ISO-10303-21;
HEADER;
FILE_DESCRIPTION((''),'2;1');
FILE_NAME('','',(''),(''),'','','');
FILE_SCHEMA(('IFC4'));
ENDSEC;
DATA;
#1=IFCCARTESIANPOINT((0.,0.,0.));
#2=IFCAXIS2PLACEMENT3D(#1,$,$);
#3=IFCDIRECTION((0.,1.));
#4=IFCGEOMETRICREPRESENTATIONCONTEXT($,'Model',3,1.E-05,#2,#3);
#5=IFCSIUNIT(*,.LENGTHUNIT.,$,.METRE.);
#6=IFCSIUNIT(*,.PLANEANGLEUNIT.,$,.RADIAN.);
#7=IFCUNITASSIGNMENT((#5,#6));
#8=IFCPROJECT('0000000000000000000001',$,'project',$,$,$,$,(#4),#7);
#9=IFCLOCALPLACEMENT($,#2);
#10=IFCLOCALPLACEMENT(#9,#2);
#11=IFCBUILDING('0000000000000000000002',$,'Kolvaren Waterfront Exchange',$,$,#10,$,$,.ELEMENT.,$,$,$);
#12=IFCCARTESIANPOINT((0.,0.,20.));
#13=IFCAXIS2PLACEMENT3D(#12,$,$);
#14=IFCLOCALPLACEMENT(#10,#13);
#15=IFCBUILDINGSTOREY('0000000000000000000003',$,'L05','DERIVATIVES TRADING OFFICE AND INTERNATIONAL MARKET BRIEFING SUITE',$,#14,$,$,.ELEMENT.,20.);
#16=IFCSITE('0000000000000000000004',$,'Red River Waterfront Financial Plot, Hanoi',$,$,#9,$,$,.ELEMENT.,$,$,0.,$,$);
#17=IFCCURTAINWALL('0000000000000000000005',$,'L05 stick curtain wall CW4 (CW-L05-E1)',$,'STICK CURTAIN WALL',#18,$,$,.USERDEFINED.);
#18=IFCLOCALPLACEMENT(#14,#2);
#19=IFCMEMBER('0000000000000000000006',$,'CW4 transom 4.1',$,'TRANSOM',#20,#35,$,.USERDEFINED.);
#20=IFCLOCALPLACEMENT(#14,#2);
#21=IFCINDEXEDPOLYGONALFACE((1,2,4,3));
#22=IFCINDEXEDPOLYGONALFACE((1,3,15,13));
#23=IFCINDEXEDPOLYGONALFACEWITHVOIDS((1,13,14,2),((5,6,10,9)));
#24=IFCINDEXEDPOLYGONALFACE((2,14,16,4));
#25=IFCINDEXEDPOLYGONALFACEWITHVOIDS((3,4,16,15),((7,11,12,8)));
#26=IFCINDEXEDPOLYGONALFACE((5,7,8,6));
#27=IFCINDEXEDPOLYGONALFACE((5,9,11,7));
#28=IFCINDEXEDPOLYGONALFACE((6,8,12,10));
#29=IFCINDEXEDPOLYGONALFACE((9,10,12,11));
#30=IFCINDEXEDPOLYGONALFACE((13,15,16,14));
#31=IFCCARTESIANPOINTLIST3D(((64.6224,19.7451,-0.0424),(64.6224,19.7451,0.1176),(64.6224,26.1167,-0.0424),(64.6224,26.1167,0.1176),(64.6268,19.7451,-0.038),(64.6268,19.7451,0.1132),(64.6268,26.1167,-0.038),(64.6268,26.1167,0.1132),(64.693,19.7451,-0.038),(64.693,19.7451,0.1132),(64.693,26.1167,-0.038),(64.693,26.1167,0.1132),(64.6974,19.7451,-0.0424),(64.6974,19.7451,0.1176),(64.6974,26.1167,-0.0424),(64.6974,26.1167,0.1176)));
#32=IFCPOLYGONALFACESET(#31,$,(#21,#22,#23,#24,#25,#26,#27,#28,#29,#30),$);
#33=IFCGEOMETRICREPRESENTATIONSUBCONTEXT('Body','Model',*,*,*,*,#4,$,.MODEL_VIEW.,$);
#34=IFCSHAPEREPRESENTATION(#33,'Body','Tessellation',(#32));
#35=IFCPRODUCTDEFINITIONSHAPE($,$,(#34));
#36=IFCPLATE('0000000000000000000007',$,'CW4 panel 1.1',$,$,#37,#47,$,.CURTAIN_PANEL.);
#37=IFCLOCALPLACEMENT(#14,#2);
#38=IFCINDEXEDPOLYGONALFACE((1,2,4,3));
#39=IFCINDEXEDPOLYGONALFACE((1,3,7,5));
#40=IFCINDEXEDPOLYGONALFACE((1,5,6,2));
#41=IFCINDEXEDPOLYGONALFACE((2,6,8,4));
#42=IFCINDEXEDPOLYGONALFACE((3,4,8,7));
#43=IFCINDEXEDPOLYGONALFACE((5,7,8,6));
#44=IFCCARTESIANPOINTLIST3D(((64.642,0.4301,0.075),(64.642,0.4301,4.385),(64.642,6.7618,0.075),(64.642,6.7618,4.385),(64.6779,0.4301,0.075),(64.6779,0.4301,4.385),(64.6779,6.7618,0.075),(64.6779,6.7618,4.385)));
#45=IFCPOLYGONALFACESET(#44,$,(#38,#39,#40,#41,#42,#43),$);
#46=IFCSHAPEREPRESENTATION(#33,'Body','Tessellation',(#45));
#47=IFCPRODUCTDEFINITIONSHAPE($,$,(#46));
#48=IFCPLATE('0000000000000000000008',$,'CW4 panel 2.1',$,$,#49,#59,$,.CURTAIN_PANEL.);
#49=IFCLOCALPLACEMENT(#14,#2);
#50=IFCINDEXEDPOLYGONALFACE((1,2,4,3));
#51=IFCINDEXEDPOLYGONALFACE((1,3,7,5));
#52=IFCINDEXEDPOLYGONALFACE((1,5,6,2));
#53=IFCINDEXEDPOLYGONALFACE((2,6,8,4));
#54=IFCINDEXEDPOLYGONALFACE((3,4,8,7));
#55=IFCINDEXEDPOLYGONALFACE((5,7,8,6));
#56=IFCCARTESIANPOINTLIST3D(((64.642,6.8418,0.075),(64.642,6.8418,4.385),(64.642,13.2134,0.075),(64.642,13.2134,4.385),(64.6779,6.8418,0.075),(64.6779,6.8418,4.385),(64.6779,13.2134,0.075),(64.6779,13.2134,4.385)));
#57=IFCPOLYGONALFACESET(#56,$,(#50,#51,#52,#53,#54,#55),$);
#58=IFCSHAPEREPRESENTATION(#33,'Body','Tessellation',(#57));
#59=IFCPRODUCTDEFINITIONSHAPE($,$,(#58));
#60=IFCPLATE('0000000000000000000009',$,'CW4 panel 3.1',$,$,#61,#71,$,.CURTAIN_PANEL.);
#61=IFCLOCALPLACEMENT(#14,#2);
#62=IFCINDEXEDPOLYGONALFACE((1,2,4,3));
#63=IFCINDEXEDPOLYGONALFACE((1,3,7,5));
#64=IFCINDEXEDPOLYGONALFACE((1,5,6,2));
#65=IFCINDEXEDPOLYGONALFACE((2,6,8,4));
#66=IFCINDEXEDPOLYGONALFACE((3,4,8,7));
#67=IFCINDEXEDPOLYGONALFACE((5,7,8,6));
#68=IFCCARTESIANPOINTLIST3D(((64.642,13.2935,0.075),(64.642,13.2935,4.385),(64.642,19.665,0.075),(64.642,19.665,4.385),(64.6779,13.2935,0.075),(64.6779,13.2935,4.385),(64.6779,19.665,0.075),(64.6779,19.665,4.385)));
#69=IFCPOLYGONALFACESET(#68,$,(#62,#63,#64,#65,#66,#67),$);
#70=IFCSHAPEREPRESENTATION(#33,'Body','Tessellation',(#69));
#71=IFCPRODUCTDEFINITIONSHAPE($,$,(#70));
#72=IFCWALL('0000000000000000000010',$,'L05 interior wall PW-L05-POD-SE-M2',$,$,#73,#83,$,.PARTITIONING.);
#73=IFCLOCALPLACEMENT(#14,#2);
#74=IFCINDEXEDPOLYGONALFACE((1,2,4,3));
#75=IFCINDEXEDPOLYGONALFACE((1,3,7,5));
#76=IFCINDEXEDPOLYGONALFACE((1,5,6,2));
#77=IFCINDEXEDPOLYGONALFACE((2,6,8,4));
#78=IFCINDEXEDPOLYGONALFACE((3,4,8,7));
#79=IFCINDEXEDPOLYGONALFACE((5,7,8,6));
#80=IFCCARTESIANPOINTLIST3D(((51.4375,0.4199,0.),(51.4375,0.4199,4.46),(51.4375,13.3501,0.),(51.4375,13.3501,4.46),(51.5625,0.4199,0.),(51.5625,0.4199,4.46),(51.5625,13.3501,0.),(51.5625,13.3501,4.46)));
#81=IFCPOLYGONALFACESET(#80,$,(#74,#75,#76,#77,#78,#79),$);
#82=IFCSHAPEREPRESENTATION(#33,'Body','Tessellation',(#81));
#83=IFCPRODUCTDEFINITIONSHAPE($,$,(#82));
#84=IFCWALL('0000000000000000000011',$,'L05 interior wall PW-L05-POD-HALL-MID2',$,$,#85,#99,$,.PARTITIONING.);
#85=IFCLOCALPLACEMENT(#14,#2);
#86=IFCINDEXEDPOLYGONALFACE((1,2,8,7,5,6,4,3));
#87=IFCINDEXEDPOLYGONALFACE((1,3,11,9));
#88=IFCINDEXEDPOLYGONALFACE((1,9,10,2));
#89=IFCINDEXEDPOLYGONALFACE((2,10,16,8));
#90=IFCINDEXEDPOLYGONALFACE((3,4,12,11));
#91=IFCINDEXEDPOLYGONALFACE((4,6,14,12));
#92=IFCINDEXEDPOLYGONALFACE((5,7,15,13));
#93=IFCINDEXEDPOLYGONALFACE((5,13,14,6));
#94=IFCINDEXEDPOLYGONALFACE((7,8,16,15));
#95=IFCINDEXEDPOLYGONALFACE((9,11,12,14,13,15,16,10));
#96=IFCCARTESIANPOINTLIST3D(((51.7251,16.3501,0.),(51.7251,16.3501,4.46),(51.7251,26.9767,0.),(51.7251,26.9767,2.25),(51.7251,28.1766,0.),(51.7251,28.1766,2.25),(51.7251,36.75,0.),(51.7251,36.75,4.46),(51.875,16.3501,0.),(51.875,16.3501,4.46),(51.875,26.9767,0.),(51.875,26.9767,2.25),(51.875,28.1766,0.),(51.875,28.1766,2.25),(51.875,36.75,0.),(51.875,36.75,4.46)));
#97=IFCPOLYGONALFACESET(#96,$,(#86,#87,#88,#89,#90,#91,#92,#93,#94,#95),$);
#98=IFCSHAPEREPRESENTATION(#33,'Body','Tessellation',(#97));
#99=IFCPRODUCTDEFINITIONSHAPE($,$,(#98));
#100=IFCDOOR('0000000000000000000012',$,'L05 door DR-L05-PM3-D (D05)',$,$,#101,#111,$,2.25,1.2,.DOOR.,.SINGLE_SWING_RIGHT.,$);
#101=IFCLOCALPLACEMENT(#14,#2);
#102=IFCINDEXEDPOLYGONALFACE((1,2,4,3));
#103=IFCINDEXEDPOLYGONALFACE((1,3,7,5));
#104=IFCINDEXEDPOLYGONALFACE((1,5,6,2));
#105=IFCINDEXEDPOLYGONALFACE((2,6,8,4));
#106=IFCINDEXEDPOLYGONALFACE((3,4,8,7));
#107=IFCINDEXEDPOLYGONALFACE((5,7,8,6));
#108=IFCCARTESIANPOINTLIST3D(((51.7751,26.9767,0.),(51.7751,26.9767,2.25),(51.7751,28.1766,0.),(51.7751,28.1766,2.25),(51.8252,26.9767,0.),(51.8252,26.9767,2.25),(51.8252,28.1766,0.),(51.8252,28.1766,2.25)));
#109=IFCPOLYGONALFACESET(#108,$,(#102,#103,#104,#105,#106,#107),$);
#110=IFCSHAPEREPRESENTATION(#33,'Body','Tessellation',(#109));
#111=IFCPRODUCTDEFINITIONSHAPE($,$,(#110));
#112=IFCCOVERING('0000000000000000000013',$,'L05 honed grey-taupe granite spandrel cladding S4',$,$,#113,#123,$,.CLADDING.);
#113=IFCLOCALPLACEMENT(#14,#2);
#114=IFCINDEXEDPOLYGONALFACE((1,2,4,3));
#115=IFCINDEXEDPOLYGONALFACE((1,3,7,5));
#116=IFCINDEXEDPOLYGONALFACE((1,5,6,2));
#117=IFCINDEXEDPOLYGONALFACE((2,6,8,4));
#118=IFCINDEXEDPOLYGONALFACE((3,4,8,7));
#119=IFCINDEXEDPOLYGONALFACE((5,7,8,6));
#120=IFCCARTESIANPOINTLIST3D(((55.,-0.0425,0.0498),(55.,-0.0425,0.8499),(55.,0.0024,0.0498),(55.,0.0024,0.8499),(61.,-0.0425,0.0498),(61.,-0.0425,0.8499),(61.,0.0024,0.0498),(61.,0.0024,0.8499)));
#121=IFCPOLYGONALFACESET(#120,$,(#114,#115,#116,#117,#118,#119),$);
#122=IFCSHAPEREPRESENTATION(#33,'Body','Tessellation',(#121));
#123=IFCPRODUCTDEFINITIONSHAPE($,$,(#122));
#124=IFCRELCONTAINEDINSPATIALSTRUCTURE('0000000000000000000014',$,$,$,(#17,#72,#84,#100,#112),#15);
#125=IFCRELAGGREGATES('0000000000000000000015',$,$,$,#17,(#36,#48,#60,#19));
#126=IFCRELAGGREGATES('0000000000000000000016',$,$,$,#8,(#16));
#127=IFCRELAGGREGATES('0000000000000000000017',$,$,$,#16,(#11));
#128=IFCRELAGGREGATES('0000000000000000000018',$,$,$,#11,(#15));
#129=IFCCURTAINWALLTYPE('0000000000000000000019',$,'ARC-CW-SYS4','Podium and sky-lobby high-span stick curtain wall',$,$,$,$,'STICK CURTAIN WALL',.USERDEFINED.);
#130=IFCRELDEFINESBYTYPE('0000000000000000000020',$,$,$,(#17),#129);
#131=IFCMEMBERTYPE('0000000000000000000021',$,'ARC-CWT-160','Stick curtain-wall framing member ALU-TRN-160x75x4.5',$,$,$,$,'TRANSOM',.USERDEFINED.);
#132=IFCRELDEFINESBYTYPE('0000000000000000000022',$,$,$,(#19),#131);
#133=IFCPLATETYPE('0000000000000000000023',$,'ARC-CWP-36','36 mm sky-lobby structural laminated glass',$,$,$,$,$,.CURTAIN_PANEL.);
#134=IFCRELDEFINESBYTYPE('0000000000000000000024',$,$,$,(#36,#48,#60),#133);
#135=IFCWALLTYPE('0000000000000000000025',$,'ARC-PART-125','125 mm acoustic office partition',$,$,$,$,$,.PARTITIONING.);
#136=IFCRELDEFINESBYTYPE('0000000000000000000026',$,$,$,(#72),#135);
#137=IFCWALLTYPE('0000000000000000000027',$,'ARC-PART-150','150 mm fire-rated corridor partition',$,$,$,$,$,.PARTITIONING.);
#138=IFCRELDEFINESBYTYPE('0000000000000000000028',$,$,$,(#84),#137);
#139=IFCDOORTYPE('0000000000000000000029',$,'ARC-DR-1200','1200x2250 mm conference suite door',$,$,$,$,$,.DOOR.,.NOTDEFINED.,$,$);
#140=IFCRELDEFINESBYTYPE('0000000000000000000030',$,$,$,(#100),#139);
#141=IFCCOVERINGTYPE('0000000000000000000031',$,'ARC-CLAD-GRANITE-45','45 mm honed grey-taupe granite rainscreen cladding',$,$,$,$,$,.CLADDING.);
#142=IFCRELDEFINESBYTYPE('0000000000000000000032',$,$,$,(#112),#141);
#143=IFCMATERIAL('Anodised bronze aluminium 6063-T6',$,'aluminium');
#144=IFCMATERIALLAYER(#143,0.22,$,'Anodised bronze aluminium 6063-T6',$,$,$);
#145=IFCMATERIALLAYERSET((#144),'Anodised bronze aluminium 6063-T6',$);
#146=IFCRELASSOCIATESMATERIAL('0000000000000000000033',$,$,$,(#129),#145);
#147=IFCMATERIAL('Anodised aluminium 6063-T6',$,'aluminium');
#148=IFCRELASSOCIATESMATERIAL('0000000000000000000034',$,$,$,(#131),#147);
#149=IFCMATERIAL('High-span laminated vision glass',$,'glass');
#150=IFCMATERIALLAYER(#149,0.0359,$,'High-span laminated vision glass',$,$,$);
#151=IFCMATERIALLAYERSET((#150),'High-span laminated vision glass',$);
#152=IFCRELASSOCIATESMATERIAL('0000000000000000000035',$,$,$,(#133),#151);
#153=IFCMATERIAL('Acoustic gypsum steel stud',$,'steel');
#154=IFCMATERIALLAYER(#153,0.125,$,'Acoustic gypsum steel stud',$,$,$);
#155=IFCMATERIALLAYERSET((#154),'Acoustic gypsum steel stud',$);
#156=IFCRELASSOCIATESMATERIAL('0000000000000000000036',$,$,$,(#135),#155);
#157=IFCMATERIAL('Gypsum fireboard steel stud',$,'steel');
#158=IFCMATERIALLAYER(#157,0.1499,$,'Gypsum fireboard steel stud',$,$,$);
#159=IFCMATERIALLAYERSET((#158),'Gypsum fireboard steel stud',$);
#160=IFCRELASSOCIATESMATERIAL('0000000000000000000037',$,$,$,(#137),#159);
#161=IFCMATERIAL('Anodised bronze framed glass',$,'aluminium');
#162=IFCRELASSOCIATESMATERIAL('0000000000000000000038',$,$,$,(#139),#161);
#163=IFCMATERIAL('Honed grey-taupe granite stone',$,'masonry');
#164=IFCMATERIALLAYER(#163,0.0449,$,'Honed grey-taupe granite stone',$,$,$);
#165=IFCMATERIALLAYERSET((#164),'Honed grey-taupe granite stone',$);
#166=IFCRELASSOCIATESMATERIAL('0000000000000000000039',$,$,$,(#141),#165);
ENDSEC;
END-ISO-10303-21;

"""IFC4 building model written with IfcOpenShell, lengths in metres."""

from ifc_helpers import new_model, si_unit, direction, frame, frame_2d, origin, origin_with_axes, origin_2d, place, context, subcontext, project, spatial, rectangle, hollow_rectangle, extrude, source, transform, mapped, material, layer, layer_set, material_profile, profile_set, type_object, element, fill, aggregate, save


model = new_model("IFC4")

# Units and contexts
model_context = context("Model", 3, precision=1e-05, world=origin(), true_north=direction((0.0, 1.0)))
body_context = subcontext(model_context, "Body", "Model", "MODEL_VIEW")
ifc_project = project(units=[si_unit("LENGTHUNIT", "METRE"), si_unit("PLANEANGLEUNIT", "RADIAN")], contexts=[model_context])

# Site, building, storey
site_placement = place(None, origin())
site = spatial("IfcSite", under=ifc_project, at=site_placement, Name="Red River Waterfront Financial Plot, Hanoi", CompositionType="ELEMENT", RefElevation=0.0)
building_placement = place(site_placement, origin())
building = spatial("IfcBuilding", under=site, at=building_placement, Name="Kolvaren Waterfront Exchange", CompositionType="ELEMENT")
storey_placement = place(building_placement, frame((0.0, 0.0, 20.0)))
storey = spatial("IfcBuildingStorey", under=building, at=storey_placement, Name="L05", Description="DERIVATIVES TRADING OFFICE AND INTERNATIONAL MARKET BRIEFING SUITE", CompositionType="ELEMENT", Elevation=20.0)

# Curtain wall, member, plates
ifc_material_1 = material(Name="Anodised bronze aluminium 6063-T6", Category="aluminium")
ifc_layer_1 = layer(ifc_material_1, 0.22, Name="Anodised bronze aluminium 6063-T6")
ifc_layer_set_1 = layer_set([ifc_layer_1], Name="Anodised bronze aluminium 6063-T6")
curtain_wall_type = type_object("IfcCurtainWallType", Name="ARC-CW-SYS4", Description="Podium and sky-lobby high-span stick curtain wall", ElementType="STICK CURTAIN WALL", PredefinedType="USERDEFINED", material=ifc_layer_set_1)
curtain_wall_placement = place(storey_placement, origin())
curtain_wall = element("IfcCurtainWall", 1, at=curtain_wall_placement, inside=storey, type_object=curtain_wall_type, Name="L05 stick curtain wall CW4 (CW-L05-E1)", ObjectType="STICK CURTAIN WALL", PredefinedType="USERDEFINED")
ifc_material_2 = material(Name="Anodised aluminium 6063-T6", Category="aluminium")
ifc_material_profile_1 = material_profile(ifc_material_2, hollow_rectangle(XDim=0.075, YDim=0.1599, WallThickness=0.0044, at=origin_2d()), Name="ALU-TRN-160x75x4.5")
ifc_profile_set_1 = profile_set([ifc_material_profile_1], Name="Anodised aluminium 6063-T6")
member_type_1 = type_object("IfcMemberType", Name="ARC-CWT-160", Description="Stick curtain-wall framing member ALU-TRN-160x75x4.5", ElementType="TRANSOM", PredefinedType="USERDEFINED", material=ifc_profile_set_1)
shared_shape_1 = source(origin_with_axes(), body_context, "Body", "SweptSolid", [
    extrude(hollow_rectangle(XDim=0.075, YDim=0.1599, WallThickness=0.0044, at=origin_2d()), origin(), (0.0, 0.0, 1.0), 6.3716),
])
member_1_placement = place(storey_placement, frame((64.6599, 19.7451, 0.0376), z_axis=(0.0, 1.0, 0.0), x_axis=(-1.0, 0.0, 0.0)))
member_1 = element("IfcMember", 2, at=member_1_placement, type_object=member_type_1, Name="CW4 transom 4.1", ObjectType="TRANSOM", PredefinedType="USERDEFINED", context=body_context, shape_type="MappedRepresentation", body=[
    mapped(shared_shape_1, transform((0.0, 0.0, 0.0), x_axis=(1.0, 0.0, 0.0), y_axis=(0.0, 1.0, 0.0), z_axis=(0.0, 0.0, 1.0), scale=1.0)),
])
ifc_material_3 = material(Name="High-span laminated vision glass", Category="glass")
ifc_layer_2 = layer(ifc_material_3, 0.0359, Name="High-span laminated vision glass")
ifc_layer_set_2 = layer_set([ifc_layer_2], Name="High-span laminated vision glass")
plate_type = type_object("IfcPlateType", Name="ARC-CWP-36", Description="36 mm sky-lobby structural laminated glass", PredefinedType="CURTAIN_PANEL", material=ifc_layer_set_2)
shared_shape_2 = source(origin_with_axes(), body_context, "Body", "SweptSolid", [
    extrude(rectangle(XDim=6.3318, YDim=0.0359, at=origin_2d()), origin(), (0.0, 0.0, 1.0), 4.3101),
])
plate_1_placement = place(storey_placement, frame((64.6599, 3.5959, 0.075), z_axis=(0.0, 0.0, 1.0), x_axis=(0.0, 1.0, 0.0)))
plate_1 = element("IfcPlate", 3, at=plate_1_placement, type_object=plate_type, Name="CW4 panel 1.1", PredefinedType="CURTAIN_PANEL", context=body_context, shape_type="MappedRepresentation", body=[
    mapped(shared_shape_2, transform((0.0, 0.0, 0.0), x_axis=(1.0, 0.0, 0.0), y_axis=(0.0, 1.0, 0.0), z_axis=(0.0, 0.0, 1.0), scale=1.0)),
])
shared_shape_3 = source(origin_with_axes(), body_context, "Body", "SweptSolid", [
    extrude(rectangle(XDim=6.3716, YDim=0.0359, at=origin_2d()), origin(), (0.0, 0.0, 1.0), 4.3101),
])
plate_2_placement = place(storey_placement, frame((64.6599, 10.0276, 0.075), z_axis=(0.0, 0.0, 1.0), x_axis=(0.0, 1.0, 0.0)))
plate_2 = element("IfcPlate", 4, at=plate_2_placement, type_object=plate_type, Name="CW4 panel 2.1", PredefinedType="CURTAIN_PANEL", context=body_context, shape_type="MappedRepresentation", body=[
    mapped(shared_shape_3, transform((0.0, 0.0, 0.0), x_axis=(1.0, 0.0, 0.0), y_axis=(0.0, 1.0, 0.0), z_axis=(0.0, 0.0, 1.0), scale=1.0)),
])
plate_3_placement = place(storey_placement, frame((64.6599, 16.4792, 0.075), z_axis=(0.0, 0.0, 1.0), x_axis=(0.0, 1.0, 0.0)))
plate_3 = element("IfcPlate", 5, at=plate_3_placement, type_object=plate_type, Name="CW4 panel 3.1", PredefinedType="CURTAIN_PANEL", context=body_context, shape_type="MappedRepresentation", body=[
    mapped(shared_shape_3, transform((0.0, 0.0, 0.0), x_axis=(1.0, 0.0, 0.0), y_axis=(0.0, 1.0, 0.0), z_axis=(0.0, 0.0, 1.0), scale=1.0)),
])
aggregate(curtain_wall, [plate_1, plate_2, plate_3, member_1])

# Wall
ifc_material_4 = material(Name="Acoustic gypsum steel stud", Category="steel")
ifc_layer_3 = layer(ifc_material_4, 0.125, Name="Acoustic gypsum steel stud")
ifc_layer_set_3 = layer_set([ifc_layer_3], Name="Acoustic gypsum steel stud")
wall_type_1 = type_object("IfcWallType", Name="ARC-PART-125", Description="125 mm acoustic office partition", PredefinedType="PARTITIONING", material=ifc_layer_set_3)
wall_1_placement = place(storey_placement, frame((51.5, 0.4199, 0.0), z_axis=(0.0, 0.0, 1.0), x_axis=(0.0, 1.0, 0.0)))
element("IfcWall", 6, at=wall_1_placement, inside=storey, type_object=wall_type_1, Name="L05 interior wall PW-L05-POD-SE-M2", PredefinedType="PARTITIONING", context=body_context, shape_type="SweptSolid", body=[
    extrude(rectangle(XDim=12.9302, YDim=0.125, at=frame_2d((6.4651, 0.0))), origin(), (0.0, 0.0, 1.0), 4.46),
])

# Wall, opening, door
ifc_material_5 = material(Name="Gypsum fireboard steel stud", Category="steel")
ifc_layer_4 = layer(ifc_material_5, 0.1499, Name="Gypsum fireboard steel stud")
ifc_layer_set_4 = layer_set([ifc_layer_4], Name="Gypsum fireboard steel stud")
wall_type_2 = type_object("IfcWallType", Name="ARC-PART-150", Description="150 mm fire-rated corridor partition", PredefinedType="PARTITIONING", material=ifc_layer_set_4)
wall_2_placement = place(storey_placement, frame((51.8, 16.3501, 0.0), z_axis=(0.0, 0.0, 1.0), x_axis=(0.0, 1.0, 0.0)))
wall_2 = element("IfcWall", 7, at=wall_2_placement, inside=storey, type_object=wall_type_2, Name="L05 interior wall PW-L05-POD-HALL-MID2", PredefinedType="PARTITIONING", context=body_context, shape_type="SweptSolid", body=[
    extrude(rectangle(XDim=20.3999, YDim=0.1499, at=frame_2d((10.2, 0.0))), origin(), (0.0, 0.0, 1.0), 4.46),
])
opening_placement = place(wall_2_placement, frame((10.6265, 0.0, 0.0)))
opening = element("IfcOpeningElement", 8, at=opening_placement, cuts=wall_2, PredefinedType="OPENING", context=body_context, shape_type="SweptSolid", body=[
    extrude(rectangle(XDim=1.2, YDim=2.25, at=frame_2d((0.6001, 1.125))), frame((0.0, 0.085, 0.0), z_axis=(0.0, -1.0, 0.0), x_axis=(1.0, 0.0, 0.0)), (0.0, 0.0, 1.0), 0.1699),
])
ifc_material_6 = material(Name="Anodised bronze framed glass", Category="aluminium")
door_type = type_object("IfcDoorType", Name="ARC-DR-1200", Description="1200x2250 mm conference suite door", OperationType="NOTDEFINED", PredefinedType="DOOR", material=ifc_material_6)
door_placement = place(opening_placement, origin())
door = element("IfcDoor", 9, at=door_placement, inside=storey, type_object=door_type, Name="L05 door DR-L05-PM3-D (D05)", OperationType="SINGLE_SWING_RIGHT", OverallHeight=2.25, OverallWidth=1.2, PredefinedType="DOOR", context=body_context, shape_type="SweptSolid", body=[
    extrude(rectangle(XDim=1.2, YDim=2.25, at=frame_2d((0.6001, 1.125))), frame((0.0, 0.0249, 0.0), z_axis=(0.0, -1.0, 0.0), x_axis=(1.0, 0.0, 0.0)), (0.0, 0.0, 1.0), 0.05),
])
fill(opening, door)

# Covering
ifc_material_7 = material(Name="Honed grey-taupe granite stone", Category="masonry")
ifc_layer_5 = layer(ifc_material_7, 0.0449, Name="Honed grey-taupe granite stone")
ifc_layer_set_5 = layer_set([ifc_layer_5], Name="Honed grey-taupe granite stone")
covering_type = type_object("IfcCoveringType", Name="ARC-CLAD-GRANITE-45", Description="45 mm honed grey-taupe granite rainscreen cladding", PredefinedType="CLADDING", material=ifc_layer_set_5)
covering_placement = place(storey_placement, frame((58.0, -0.02, 0.0498), z_axis=(0.0, 0.0, 1.0), x_axis=(1.0, 0.0, 0.0)))
element("IfcCovering", 10, at=covering_placement, inside=storey, type_object=covering_type, Name="L05 honed grey-taupe granite spandrel cladding S4", PredefinedType="CLADDING", context=body_context, shape_type="SweptSolid", body=[
    extrude(rectangle(XDim=6.0, YDim=0.0449, at=origin_2d()), origin(), (0.0, 0.0, 1.0), 0.8),
])

save(model, "model.ifc")
